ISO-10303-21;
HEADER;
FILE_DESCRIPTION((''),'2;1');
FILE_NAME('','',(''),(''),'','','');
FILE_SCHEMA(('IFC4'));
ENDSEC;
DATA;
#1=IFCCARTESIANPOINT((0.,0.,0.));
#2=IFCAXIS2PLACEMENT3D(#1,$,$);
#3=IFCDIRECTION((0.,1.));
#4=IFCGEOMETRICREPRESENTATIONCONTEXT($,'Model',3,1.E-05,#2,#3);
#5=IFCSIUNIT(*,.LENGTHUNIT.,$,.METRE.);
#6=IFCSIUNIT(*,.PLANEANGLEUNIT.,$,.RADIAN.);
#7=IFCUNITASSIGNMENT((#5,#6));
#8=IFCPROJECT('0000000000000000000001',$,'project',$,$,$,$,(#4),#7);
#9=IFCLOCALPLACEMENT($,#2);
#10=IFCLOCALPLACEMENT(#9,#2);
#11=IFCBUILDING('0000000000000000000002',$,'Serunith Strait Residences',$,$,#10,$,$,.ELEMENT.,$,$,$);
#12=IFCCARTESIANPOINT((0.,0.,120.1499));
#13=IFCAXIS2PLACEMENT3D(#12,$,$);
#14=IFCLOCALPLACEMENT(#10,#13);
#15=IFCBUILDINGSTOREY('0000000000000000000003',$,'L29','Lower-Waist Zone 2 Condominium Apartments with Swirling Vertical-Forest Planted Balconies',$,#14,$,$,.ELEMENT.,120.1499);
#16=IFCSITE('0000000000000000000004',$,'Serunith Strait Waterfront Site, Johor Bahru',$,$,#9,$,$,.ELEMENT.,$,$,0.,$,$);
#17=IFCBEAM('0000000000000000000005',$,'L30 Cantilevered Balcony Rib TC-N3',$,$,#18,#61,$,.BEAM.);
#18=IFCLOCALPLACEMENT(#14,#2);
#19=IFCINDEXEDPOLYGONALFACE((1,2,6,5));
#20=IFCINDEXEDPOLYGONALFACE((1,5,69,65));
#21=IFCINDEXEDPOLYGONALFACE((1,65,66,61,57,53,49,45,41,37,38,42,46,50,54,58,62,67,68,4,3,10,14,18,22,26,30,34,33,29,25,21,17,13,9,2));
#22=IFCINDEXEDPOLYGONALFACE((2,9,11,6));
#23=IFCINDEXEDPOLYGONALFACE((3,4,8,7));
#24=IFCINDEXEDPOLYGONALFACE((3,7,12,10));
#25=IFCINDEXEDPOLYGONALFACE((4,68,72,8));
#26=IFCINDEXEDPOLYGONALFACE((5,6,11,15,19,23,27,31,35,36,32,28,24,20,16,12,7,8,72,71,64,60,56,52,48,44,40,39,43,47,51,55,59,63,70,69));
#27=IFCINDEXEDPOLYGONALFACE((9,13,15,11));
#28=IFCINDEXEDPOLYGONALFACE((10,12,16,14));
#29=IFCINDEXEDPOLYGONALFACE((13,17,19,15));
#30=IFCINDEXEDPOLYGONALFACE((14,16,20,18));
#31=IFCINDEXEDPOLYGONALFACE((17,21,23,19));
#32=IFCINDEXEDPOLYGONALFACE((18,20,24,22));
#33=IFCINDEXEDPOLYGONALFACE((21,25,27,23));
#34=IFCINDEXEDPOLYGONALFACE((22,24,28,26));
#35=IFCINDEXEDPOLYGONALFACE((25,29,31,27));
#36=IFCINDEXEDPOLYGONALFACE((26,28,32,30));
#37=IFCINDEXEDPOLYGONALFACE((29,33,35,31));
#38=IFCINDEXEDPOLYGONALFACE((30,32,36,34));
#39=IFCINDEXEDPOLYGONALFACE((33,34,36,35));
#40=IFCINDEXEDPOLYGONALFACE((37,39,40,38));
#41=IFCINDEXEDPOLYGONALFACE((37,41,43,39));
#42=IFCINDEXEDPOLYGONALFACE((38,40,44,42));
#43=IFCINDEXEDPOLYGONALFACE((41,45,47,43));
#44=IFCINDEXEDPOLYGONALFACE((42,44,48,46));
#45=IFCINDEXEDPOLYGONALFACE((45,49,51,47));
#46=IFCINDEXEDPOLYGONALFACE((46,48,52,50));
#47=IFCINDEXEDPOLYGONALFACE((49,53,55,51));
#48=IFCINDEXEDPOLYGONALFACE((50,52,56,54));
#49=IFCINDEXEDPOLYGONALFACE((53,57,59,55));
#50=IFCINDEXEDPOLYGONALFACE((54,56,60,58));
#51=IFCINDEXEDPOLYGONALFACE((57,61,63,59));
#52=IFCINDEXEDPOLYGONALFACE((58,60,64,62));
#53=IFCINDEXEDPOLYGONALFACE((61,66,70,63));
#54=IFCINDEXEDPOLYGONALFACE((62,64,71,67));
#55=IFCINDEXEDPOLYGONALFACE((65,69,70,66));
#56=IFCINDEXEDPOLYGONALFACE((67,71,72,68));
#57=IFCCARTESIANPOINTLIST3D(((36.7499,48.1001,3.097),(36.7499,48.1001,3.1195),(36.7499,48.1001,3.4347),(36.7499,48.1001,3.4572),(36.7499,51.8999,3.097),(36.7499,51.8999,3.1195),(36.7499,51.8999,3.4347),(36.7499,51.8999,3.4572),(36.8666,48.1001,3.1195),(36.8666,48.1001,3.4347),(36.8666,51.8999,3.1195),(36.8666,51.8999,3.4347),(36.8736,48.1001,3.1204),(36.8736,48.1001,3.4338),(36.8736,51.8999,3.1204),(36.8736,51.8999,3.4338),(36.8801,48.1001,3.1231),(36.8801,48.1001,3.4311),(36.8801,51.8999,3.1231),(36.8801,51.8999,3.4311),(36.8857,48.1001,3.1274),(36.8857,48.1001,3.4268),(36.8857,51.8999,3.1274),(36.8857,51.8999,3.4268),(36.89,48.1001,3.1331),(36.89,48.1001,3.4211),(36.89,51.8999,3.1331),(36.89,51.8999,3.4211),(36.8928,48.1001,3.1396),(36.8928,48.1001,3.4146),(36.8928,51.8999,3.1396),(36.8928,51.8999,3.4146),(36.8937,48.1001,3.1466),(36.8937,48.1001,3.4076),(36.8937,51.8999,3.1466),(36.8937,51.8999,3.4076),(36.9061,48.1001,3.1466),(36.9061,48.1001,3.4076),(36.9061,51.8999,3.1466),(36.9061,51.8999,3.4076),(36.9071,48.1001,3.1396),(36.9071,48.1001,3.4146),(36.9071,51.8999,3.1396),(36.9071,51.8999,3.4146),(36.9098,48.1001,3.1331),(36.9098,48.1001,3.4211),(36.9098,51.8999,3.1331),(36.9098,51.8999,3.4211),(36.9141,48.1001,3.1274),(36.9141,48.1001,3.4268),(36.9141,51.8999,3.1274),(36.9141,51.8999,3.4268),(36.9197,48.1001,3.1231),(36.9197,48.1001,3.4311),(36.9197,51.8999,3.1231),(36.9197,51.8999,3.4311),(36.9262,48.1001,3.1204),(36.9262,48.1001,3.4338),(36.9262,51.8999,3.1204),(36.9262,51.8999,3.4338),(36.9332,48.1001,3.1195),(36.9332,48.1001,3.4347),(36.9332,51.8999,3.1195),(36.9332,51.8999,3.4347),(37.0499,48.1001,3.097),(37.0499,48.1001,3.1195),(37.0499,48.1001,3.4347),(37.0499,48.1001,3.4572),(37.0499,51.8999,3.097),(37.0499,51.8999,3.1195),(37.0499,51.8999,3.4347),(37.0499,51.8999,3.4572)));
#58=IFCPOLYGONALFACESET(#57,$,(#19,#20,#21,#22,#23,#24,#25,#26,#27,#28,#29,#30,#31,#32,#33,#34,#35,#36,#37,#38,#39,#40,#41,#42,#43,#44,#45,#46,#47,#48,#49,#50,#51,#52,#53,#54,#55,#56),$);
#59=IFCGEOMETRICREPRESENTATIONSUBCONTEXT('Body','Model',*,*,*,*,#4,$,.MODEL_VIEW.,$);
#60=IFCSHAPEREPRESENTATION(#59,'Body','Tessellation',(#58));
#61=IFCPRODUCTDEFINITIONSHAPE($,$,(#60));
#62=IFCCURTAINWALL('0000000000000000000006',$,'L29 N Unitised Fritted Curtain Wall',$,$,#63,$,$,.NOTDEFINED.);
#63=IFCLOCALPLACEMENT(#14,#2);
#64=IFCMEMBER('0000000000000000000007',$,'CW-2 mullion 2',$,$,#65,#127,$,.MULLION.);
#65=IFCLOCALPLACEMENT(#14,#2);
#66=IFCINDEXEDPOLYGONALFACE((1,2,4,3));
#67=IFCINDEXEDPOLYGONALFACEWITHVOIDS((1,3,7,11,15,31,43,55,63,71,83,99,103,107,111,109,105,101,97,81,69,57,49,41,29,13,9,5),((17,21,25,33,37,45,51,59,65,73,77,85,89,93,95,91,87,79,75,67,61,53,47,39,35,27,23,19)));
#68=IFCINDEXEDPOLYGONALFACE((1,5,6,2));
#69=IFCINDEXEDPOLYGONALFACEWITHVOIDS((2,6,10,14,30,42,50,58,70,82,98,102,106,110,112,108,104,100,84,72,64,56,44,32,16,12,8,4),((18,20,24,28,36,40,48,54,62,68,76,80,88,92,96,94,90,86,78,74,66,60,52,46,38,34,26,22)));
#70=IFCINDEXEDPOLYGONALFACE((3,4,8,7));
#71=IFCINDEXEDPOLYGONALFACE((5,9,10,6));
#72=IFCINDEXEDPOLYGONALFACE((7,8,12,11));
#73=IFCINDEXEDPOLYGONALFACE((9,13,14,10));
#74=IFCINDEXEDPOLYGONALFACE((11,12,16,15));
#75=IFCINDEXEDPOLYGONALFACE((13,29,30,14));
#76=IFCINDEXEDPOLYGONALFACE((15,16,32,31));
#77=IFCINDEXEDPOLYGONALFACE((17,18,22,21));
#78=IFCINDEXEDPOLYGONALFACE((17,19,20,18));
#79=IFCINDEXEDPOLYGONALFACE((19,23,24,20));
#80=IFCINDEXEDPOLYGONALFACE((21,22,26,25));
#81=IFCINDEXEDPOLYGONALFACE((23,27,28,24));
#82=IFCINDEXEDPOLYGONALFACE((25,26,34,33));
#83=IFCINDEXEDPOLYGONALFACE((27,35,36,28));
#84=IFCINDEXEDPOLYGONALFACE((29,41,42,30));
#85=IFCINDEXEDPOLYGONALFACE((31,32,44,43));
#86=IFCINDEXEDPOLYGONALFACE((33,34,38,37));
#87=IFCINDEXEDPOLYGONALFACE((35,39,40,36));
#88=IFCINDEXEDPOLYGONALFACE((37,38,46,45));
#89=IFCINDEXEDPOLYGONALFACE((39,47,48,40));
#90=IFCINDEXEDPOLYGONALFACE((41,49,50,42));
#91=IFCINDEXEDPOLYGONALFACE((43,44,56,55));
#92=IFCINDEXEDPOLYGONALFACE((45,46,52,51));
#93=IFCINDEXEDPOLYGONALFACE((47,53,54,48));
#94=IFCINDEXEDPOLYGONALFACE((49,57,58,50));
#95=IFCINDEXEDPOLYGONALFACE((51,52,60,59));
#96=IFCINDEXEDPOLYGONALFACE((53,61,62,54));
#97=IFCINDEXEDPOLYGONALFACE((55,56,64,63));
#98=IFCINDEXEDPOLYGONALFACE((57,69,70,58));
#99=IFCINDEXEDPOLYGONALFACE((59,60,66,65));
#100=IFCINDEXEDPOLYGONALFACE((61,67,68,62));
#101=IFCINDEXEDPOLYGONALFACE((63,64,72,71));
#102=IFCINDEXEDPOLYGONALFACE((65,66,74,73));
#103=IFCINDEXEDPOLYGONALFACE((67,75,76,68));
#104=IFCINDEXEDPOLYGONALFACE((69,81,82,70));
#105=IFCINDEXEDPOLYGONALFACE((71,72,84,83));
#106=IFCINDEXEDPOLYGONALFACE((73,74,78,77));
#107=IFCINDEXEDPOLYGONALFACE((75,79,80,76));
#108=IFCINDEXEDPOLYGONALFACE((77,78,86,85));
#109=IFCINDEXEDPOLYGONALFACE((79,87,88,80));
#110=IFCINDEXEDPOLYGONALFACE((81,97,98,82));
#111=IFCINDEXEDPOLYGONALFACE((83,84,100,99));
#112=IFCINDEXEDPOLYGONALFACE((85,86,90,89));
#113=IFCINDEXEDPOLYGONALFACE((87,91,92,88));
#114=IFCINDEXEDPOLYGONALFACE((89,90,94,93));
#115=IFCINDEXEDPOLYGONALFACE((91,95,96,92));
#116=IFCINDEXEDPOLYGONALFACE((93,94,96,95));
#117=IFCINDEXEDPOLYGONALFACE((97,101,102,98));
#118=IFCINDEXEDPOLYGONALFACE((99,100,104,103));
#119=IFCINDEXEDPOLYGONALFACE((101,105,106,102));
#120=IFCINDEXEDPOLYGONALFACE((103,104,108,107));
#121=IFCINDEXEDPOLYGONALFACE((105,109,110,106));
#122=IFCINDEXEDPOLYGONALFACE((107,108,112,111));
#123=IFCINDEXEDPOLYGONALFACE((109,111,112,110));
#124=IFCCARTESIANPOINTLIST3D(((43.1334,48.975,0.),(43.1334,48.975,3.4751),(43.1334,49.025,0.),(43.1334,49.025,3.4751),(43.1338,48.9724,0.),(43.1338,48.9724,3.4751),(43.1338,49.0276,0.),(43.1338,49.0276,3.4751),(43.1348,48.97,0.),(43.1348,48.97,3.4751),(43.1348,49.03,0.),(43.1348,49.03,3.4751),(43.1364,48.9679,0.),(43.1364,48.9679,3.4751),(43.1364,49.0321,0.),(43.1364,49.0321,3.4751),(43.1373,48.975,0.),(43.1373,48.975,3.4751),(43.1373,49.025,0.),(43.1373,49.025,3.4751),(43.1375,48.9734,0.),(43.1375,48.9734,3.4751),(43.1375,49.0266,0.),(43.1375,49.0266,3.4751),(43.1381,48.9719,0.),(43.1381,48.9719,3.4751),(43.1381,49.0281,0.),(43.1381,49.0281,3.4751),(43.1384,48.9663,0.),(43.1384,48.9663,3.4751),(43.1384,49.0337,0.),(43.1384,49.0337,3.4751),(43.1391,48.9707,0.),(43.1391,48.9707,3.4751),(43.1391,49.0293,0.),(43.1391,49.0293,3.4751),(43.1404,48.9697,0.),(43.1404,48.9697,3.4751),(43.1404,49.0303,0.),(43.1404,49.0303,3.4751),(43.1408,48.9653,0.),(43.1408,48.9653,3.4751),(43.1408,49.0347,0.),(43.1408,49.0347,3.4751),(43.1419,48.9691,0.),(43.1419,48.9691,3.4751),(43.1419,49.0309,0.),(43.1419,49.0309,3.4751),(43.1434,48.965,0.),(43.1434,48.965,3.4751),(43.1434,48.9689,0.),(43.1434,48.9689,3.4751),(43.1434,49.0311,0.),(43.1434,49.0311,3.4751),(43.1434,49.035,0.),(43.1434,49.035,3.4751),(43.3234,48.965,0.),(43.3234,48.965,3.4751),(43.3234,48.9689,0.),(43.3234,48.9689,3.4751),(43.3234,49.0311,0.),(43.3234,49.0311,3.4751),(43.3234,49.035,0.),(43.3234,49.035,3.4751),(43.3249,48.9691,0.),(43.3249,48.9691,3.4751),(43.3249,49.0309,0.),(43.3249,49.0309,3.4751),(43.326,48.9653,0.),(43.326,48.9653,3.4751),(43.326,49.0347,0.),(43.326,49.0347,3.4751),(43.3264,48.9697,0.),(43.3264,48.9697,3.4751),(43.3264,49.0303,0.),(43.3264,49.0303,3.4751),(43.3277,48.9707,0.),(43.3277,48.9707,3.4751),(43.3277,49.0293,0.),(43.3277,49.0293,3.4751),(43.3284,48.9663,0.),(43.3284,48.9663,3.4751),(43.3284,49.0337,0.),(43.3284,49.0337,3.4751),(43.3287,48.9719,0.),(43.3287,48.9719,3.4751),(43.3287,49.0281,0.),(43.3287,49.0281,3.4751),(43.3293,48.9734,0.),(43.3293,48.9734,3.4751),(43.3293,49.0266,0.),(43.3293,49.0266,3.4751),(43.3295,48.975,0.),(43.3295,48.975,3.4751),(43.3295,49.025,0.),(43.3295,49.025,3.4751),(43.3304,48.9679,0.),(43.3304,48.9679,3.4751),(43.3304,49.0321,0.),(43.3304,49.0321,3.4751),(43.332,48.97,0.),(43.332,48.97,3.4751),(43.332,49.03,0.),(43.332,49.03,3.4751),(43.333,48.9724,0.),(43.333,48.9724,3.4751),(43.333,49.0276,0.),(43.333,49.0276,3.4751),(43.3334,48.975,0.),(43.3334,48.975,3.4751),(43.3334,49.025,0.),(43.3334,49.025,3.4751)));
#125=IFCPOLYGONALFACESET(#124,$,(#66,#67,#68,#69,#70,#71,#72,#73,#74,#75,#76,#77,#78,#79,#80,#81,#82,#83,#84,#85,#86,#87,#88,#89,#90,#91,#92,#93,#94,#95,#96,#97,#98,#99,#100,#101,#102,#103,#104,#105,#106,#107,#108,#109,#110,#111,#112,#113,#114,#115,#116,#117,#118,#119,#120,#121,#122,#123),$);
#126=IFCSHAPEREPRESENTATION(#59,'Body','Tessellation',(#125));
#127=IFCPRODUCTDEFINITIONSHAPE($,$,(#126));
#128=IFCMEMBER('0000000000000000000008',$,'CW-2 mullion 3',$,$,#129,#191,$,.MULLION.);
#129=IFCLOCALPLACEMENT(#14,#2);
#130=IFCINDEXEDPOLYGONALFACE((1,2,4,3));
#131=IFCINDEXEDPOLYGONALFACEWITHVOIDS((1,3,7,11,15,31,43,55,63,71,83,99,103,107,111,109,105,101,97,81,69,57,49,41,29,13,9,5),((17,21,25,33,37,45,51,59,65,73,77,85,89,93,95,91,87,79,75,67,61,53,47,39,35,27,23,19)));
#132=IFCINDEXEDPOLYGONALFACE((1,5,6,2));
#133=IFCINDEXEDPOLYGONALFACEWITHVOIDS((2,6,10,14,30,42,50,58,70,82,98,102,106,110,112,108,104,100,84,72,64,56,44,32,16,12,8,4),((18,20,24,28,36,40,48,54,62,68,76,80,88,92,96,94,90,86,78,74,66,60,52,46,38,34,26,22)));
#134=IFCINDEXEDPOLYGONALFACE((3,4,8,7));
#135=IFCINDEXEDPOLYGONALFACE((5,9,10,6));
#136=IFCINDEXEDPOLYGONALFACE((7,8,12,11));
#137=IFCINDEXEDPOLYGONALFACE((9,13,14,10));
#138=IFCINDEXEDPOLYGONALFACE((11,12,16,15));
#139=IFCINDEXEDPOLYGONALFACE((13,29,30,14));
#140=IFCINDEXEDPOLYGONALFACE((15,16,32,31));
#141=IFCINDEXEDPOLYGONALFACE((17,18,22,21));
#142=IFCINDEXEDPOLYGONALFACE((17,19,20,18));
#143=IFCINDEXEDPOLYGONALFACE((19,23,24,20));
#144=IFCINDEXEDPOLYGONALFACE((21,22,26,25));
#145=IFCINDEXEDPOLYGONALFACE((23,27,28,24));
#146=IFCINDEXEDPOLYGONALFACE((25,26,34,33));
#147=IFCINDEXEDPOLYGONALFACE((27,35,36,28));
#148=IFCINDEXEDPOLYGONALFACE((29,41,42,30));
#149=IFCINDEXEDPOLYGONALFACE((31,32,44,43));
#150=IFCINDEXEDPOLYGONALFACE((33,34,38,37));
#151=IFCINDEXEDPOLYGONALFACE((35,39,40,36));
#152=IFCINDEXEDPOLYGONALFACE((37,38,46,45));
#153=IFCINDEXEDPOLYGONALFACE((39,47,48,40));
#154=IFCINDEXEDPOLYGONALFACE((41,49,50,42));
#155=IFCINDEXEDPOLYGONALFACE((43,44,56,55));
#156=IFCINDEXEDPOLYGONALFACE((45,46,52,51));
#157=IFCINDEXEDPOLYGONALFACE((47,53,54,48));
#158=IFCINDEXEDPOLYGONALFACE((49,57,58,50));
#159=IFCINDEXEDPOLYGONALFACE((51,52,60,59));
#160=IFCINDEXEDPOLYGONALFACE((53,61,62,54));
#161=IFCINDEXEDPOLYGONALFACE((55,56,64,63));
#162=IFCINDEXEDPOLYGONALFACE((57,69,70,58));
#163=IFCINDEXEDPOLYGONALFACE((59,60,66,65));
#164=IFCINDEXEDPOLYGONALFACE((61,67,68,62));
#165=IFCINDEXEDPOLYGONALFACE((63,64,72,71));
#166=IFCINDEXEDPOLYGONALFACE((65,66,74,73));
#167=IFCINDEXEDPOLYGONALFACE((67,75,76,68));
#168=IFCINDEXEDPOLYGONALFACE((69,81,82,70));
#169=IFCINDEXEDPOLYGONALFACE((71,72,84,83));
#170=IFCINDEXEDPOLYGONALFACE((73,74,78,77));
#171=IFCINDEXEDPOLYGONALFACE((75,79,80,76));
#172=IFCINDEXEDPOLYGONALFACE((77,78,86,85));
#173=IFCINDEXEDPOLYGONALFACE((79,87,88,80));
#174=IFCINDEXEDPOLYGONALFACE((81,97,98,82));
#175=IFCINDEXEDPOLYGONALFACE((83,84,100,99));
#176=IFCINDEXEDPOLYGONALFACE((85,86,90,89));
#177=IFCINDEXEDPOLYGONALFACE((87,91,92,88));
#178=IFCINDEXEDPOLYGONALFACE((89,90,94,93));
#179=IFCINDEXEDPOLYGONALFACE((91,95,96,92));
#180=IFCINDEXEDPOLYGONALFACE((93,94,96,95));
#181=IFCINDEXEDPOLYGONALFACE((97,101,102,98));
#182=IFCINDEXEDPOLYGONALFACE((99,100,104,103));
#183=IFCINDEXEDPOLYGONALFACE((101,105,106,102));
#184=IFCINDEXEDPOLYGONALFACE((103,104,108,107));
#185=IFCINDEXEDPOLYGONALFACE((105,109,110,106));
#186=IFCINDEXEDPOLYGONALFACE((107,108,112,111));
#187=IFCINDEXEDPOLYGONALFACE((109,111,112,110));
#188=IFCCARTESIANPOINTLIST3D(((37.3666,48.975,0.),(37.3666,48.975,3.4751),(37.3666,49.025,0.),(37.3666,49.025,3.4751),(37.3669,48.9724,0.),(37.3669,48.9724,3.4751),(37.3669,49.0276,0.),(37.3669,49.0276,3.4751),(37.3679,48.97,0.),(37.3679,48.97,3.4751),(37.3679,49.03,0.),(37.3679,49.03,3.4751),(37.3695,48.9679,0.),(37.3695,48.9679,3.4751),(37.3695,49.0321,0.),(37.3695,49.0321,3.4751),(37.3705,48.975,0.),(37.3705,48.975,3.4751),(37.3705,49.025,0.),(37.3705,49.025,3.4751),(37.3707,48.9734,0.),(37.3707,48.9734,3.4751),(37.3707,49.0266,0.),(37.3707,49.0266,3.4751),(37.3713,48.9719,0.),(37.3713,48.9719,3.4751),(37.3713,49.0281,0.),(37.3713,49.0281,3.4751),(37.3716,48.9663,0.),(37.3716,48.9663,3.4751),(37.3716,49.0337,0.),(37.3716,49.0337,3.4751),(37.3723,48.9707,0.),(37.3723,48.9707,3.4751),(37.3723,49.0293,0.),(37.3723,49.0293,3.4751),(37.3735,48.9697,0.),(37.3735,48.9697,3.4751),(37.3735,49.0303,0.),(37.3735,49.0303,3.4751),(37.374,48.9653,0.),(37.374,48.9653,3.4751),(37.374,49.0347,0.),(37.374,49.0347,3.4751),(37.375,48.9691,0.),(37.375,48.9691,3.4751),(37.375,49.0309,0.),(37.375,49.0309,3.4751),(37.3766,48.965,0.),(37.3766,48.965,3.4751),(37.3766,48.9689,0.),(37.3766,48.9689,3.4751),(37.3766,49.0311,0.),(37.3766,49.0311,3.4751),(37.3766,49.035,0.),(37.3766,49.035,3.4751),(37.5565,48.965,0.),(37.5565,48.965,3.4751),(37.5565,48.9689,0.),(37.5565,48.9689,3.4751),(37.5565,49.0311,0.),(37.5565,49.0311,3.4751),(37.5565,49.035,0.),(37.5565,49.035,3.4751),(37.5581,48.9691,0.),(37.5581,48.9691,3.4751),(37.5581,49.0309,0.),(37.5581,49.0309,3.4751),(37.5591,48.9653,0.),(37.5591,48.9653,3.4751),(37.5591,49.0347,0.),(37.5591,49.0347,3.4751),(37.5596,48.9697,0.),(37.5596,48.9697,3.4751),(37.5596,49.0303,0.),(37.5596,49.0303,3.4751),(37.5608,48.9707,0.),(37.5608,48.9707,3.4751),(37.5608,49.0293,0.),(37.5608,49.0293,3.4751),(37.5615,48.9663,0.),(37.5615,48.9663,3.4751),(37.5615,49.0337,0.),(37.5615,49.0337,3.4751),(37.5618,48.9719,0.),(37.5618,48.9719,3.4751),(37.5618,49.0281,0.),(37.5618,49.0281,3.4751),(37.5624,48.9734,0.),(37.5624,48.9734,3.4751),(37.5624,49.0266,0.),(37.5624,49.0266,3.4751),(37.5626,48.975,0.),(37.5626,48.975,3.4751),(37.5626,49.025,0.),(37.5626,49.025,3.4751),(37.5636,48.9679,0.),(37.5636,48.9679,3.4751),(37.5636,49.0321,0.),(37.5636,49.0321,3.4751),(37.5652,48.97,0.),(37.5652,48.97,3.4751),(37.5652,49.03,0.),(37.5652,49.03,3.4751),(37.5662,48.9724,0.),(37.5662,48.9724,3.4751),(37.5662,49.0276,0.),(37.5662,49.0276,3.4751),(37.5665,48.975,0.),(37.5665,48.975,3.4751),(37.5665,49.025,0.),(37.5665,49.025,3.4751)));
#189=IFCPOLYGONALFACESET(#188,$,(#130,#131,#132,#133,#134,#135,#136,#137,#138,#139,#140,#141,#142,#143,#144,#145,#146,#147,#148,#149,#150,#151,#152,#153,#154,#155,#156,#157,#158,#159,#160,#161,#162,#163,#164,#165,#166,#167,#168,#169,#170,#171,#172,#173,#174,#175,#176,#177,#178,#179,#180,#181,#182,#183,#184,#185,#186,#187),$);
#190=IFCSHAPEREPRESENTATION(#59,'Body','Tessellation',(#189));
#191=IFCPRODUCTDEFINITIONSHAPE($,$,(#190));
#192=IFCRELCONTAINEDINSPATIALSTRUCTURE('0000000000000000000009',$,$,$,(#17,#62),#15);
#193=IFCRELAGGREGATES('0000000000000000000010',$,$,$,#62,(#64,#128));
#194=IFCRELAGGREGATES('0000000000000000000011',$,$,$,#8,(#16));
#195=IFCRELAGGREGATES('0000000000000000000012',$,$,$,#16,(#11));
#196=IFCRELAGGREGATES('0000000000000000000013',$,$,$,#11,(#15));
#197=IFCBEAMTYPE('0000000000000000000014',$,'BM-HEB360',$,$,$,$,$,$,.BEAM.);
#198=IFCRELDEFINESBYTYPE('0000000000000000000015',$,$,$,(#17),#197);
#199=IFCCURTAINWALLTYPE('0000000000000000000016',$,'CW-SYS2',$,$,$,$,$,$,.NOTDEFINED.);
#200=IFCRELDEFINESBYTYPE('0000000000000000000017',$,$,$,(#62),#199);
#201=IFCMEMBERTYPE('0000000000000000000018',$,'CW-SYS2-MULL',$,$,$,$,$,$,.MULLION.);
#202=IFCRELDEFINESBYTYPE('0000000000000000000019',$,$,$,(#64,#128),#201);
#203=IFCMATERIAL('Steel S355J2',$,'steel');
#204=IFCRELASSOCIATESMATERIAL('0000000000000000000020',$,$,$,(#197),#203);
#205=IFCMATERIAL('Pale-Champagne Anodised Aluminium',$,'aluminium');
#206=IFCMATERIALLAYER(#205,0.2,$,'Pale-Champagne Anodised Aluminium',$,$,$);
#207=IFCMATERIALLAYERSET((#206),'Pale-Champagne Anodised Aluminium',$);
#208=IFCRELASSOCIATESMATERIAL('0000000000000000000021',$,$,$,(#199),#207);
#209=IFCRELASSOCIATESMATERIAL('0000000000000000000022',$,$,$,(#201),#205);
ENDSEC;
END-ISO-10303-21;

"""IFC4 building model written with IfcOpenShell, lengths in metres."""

from ifc_helpers import new_model, si_unit, direction, frame, origin, origin_2d, place, context, subcontext, project, spatial, hollow_rectangle, i_section, extrude, source, transform, mapped, material, layer, layer_set, material_profile, profile_set, type_object, element, aggregate, save


model = new_model("IFC4")

# Units and contexts
model_context = context("Model", 3, precision=1e-05, world=origin(), true_north=direction((0.0, 1.0)))
body_context = subcontext(model_context, "Body", "Model", "MODEL_VIEW")
ifc_project = project(units=[si_unit("LENGTHUNIT", "METRE"), si_unit("PLANEANGLEUNIT", "RADIAN")], contexts=[model_context])

# Site, building, storey
site_placement = place(None, origin())
site = spatial("IfcSite", under=ifc_project, at=site_placement, Name="Serunith Strait Waterfront Site, Johor Bahru", CompositionType="ELEMENT", RefElevation=0.0)
building_placement = place(site_placement, origin())
building = spatial("IfcBuilding", under=site, at=building_placement, Name="Serunith Strait Residences", CompositionType="ELEMENT")
storey_placement = place(building_placement, frame((0.0, 0.0, 120.1499)))
storey = spatial("IfcBuildingStorey", under=building, at=storey_placement, Name="L29", Description="Lower-Waist Zone 2 Condominium Apartments with Swirling Vertical-Forest Planted Balconies", CompositionType="ELEMENT", Elevation=120.1499)

# Beam
ifc_material_1 = material(Name="Steel S355J2", Category="steel")
ifc_material_profile_1 = material_profile(ifc_material_1, i_section(OverallWidth=0.3, OverallDepth=0.3601, WebThickness=0.0125, FlangeThickness=0.0225, FilletRadius=0.0271, at=origin_2d()), Name="HEB 360")
ifc_profile_set_1 = profile_set([ifc_material_profile_1], Name="Steel S355J2")
beam_type_1 = type_object("IfcBeamType", Name="BM-HEB360", PredefinedType="BEAM", material=ifc_profile_set_1)
shared_shape_1 = source(origin(), body_context, "Body", "SweptSolid", [
    extrude(i_section(OverallWidth=0.3, OverallDepth=0.3601, WebThickness=0.0125, FlangeThickness=0.0225, FilletRadius=0.0271, at=origin_2d()), origin(), (0.0, 0.0, 1.0), 3.7998),
])
beam_1_placement = place(storey_placement, frame((36.8999, 48.1001, 3.2771), z_axis=(0.0, 1.0, 0.0), x_axis=(-1.0, 0.0, 0.0)))
element("IfcBeam", 1, at=beam_1_placement, inside=storey, type_object=beam_type_1, Name="L30 Cantilevered Balcony Rib TC-N3", PredefinedType="BEAM", context=body_context, shape_type="MappedRepresentation", body=[
    mapped(shared_shape_1, transform((0.0, 0.0, 0.0), scale=1.0)),
])

# Curtain wall, members
ifc_material_2 = material(Name="Pale-Champagne Anodised Aluminium", Category="aluminium")
ifc_layer_1 = layer(ifc_material_2, 0.2, Name="Pale-Champagne Anodised Aluminium")
ifc_layer_set_1 = layer_set([ifc_layer_1], Name="Pale-Champagne Anodised Aluminium")
curtain_wall_type = type_object("IfcCurtainWallType", Name="CW-SYS2", PredefinedType="NOTDEFINED", material=ifc_layer_set_1)
curtain_wall_placement = place(storey_placement, origin())
curtain_wall = element("IfcCurtainWall", 2, at=curtain_wall_placement, inside=storey, type_object=curtain_wall_type, Name="L29 N Unitised Fritted Curtain Wall", PredefinedType="NOTDEFINED")
ifc_material_profile_2 = material_profile(ifc_material_2, hollow_rectangle(XDim=0.0701, YDim=0.2, WallThickness=0.0039, InnerFilletRadius=0.0061, OuterFilletRadius=0.01, at=origin_2d()), Name="ALU 200x70x4")
ifc_profile_set_2 = profile_set([ifc_material_profile_2], Name="Pale-Champagne Anodised Aluminium")
member_type_1 = type_object("IfcMemberType", Name="CW-SYS2-MULL", PredefinedType="MULLION", material=ifc_profile_set_2)
shared_shape_2 = source(origin(), body_context, "Body", "SweptSolid", [
    extrude(hollow_rectangle(XDim=0.0701, YDim=0.2, WallThickness=0.0039, InnerFilletRadius=0.0061, OuterFilletRadius=0.01, at=origin_2d()), origin(), (0.0, 0.0, 1.0), 3.4751),
])
member_1_placement = place(storey_placement, frame((43.2334, 49.0, 0.0), z_axis=(0.0, 0.0, 1.0), x_axis=(0.0, -1.0, 0.0)))
member_1 = element("IfcMember", 3, at=member_1_placement, type_object=member_type_1, Name="CW-2 mullion 2", PredefinedType="MULLION", context=body_context, shape_type="MappedRepresentation", body=[
    mapped(shared_shape_2, transform((0.0, 0.0, 0.0), scale=1.0)),
])
member_2_placement = place(storey_placement, frame((37.4666, 49.0, 0.0), z_axis=(0.0, 0.0, 1.0), x_axis=(0.0, -1.0, 0.0)))
member_2 = element("IfcMember", 4, at=member_2_placement, type_object=member_type_1, Name="CW-2 mullion 3", PredefinedType="MULLION", context=body_context, shape_type="MappedRepresentation", body=[
    mapped(shared_shape_2, transform((0.0, 0.0, 0.0), scale=1.0)),
])
aggregate(curtain_wall, [member_1, member_2])

save(model, "model.ifc")
